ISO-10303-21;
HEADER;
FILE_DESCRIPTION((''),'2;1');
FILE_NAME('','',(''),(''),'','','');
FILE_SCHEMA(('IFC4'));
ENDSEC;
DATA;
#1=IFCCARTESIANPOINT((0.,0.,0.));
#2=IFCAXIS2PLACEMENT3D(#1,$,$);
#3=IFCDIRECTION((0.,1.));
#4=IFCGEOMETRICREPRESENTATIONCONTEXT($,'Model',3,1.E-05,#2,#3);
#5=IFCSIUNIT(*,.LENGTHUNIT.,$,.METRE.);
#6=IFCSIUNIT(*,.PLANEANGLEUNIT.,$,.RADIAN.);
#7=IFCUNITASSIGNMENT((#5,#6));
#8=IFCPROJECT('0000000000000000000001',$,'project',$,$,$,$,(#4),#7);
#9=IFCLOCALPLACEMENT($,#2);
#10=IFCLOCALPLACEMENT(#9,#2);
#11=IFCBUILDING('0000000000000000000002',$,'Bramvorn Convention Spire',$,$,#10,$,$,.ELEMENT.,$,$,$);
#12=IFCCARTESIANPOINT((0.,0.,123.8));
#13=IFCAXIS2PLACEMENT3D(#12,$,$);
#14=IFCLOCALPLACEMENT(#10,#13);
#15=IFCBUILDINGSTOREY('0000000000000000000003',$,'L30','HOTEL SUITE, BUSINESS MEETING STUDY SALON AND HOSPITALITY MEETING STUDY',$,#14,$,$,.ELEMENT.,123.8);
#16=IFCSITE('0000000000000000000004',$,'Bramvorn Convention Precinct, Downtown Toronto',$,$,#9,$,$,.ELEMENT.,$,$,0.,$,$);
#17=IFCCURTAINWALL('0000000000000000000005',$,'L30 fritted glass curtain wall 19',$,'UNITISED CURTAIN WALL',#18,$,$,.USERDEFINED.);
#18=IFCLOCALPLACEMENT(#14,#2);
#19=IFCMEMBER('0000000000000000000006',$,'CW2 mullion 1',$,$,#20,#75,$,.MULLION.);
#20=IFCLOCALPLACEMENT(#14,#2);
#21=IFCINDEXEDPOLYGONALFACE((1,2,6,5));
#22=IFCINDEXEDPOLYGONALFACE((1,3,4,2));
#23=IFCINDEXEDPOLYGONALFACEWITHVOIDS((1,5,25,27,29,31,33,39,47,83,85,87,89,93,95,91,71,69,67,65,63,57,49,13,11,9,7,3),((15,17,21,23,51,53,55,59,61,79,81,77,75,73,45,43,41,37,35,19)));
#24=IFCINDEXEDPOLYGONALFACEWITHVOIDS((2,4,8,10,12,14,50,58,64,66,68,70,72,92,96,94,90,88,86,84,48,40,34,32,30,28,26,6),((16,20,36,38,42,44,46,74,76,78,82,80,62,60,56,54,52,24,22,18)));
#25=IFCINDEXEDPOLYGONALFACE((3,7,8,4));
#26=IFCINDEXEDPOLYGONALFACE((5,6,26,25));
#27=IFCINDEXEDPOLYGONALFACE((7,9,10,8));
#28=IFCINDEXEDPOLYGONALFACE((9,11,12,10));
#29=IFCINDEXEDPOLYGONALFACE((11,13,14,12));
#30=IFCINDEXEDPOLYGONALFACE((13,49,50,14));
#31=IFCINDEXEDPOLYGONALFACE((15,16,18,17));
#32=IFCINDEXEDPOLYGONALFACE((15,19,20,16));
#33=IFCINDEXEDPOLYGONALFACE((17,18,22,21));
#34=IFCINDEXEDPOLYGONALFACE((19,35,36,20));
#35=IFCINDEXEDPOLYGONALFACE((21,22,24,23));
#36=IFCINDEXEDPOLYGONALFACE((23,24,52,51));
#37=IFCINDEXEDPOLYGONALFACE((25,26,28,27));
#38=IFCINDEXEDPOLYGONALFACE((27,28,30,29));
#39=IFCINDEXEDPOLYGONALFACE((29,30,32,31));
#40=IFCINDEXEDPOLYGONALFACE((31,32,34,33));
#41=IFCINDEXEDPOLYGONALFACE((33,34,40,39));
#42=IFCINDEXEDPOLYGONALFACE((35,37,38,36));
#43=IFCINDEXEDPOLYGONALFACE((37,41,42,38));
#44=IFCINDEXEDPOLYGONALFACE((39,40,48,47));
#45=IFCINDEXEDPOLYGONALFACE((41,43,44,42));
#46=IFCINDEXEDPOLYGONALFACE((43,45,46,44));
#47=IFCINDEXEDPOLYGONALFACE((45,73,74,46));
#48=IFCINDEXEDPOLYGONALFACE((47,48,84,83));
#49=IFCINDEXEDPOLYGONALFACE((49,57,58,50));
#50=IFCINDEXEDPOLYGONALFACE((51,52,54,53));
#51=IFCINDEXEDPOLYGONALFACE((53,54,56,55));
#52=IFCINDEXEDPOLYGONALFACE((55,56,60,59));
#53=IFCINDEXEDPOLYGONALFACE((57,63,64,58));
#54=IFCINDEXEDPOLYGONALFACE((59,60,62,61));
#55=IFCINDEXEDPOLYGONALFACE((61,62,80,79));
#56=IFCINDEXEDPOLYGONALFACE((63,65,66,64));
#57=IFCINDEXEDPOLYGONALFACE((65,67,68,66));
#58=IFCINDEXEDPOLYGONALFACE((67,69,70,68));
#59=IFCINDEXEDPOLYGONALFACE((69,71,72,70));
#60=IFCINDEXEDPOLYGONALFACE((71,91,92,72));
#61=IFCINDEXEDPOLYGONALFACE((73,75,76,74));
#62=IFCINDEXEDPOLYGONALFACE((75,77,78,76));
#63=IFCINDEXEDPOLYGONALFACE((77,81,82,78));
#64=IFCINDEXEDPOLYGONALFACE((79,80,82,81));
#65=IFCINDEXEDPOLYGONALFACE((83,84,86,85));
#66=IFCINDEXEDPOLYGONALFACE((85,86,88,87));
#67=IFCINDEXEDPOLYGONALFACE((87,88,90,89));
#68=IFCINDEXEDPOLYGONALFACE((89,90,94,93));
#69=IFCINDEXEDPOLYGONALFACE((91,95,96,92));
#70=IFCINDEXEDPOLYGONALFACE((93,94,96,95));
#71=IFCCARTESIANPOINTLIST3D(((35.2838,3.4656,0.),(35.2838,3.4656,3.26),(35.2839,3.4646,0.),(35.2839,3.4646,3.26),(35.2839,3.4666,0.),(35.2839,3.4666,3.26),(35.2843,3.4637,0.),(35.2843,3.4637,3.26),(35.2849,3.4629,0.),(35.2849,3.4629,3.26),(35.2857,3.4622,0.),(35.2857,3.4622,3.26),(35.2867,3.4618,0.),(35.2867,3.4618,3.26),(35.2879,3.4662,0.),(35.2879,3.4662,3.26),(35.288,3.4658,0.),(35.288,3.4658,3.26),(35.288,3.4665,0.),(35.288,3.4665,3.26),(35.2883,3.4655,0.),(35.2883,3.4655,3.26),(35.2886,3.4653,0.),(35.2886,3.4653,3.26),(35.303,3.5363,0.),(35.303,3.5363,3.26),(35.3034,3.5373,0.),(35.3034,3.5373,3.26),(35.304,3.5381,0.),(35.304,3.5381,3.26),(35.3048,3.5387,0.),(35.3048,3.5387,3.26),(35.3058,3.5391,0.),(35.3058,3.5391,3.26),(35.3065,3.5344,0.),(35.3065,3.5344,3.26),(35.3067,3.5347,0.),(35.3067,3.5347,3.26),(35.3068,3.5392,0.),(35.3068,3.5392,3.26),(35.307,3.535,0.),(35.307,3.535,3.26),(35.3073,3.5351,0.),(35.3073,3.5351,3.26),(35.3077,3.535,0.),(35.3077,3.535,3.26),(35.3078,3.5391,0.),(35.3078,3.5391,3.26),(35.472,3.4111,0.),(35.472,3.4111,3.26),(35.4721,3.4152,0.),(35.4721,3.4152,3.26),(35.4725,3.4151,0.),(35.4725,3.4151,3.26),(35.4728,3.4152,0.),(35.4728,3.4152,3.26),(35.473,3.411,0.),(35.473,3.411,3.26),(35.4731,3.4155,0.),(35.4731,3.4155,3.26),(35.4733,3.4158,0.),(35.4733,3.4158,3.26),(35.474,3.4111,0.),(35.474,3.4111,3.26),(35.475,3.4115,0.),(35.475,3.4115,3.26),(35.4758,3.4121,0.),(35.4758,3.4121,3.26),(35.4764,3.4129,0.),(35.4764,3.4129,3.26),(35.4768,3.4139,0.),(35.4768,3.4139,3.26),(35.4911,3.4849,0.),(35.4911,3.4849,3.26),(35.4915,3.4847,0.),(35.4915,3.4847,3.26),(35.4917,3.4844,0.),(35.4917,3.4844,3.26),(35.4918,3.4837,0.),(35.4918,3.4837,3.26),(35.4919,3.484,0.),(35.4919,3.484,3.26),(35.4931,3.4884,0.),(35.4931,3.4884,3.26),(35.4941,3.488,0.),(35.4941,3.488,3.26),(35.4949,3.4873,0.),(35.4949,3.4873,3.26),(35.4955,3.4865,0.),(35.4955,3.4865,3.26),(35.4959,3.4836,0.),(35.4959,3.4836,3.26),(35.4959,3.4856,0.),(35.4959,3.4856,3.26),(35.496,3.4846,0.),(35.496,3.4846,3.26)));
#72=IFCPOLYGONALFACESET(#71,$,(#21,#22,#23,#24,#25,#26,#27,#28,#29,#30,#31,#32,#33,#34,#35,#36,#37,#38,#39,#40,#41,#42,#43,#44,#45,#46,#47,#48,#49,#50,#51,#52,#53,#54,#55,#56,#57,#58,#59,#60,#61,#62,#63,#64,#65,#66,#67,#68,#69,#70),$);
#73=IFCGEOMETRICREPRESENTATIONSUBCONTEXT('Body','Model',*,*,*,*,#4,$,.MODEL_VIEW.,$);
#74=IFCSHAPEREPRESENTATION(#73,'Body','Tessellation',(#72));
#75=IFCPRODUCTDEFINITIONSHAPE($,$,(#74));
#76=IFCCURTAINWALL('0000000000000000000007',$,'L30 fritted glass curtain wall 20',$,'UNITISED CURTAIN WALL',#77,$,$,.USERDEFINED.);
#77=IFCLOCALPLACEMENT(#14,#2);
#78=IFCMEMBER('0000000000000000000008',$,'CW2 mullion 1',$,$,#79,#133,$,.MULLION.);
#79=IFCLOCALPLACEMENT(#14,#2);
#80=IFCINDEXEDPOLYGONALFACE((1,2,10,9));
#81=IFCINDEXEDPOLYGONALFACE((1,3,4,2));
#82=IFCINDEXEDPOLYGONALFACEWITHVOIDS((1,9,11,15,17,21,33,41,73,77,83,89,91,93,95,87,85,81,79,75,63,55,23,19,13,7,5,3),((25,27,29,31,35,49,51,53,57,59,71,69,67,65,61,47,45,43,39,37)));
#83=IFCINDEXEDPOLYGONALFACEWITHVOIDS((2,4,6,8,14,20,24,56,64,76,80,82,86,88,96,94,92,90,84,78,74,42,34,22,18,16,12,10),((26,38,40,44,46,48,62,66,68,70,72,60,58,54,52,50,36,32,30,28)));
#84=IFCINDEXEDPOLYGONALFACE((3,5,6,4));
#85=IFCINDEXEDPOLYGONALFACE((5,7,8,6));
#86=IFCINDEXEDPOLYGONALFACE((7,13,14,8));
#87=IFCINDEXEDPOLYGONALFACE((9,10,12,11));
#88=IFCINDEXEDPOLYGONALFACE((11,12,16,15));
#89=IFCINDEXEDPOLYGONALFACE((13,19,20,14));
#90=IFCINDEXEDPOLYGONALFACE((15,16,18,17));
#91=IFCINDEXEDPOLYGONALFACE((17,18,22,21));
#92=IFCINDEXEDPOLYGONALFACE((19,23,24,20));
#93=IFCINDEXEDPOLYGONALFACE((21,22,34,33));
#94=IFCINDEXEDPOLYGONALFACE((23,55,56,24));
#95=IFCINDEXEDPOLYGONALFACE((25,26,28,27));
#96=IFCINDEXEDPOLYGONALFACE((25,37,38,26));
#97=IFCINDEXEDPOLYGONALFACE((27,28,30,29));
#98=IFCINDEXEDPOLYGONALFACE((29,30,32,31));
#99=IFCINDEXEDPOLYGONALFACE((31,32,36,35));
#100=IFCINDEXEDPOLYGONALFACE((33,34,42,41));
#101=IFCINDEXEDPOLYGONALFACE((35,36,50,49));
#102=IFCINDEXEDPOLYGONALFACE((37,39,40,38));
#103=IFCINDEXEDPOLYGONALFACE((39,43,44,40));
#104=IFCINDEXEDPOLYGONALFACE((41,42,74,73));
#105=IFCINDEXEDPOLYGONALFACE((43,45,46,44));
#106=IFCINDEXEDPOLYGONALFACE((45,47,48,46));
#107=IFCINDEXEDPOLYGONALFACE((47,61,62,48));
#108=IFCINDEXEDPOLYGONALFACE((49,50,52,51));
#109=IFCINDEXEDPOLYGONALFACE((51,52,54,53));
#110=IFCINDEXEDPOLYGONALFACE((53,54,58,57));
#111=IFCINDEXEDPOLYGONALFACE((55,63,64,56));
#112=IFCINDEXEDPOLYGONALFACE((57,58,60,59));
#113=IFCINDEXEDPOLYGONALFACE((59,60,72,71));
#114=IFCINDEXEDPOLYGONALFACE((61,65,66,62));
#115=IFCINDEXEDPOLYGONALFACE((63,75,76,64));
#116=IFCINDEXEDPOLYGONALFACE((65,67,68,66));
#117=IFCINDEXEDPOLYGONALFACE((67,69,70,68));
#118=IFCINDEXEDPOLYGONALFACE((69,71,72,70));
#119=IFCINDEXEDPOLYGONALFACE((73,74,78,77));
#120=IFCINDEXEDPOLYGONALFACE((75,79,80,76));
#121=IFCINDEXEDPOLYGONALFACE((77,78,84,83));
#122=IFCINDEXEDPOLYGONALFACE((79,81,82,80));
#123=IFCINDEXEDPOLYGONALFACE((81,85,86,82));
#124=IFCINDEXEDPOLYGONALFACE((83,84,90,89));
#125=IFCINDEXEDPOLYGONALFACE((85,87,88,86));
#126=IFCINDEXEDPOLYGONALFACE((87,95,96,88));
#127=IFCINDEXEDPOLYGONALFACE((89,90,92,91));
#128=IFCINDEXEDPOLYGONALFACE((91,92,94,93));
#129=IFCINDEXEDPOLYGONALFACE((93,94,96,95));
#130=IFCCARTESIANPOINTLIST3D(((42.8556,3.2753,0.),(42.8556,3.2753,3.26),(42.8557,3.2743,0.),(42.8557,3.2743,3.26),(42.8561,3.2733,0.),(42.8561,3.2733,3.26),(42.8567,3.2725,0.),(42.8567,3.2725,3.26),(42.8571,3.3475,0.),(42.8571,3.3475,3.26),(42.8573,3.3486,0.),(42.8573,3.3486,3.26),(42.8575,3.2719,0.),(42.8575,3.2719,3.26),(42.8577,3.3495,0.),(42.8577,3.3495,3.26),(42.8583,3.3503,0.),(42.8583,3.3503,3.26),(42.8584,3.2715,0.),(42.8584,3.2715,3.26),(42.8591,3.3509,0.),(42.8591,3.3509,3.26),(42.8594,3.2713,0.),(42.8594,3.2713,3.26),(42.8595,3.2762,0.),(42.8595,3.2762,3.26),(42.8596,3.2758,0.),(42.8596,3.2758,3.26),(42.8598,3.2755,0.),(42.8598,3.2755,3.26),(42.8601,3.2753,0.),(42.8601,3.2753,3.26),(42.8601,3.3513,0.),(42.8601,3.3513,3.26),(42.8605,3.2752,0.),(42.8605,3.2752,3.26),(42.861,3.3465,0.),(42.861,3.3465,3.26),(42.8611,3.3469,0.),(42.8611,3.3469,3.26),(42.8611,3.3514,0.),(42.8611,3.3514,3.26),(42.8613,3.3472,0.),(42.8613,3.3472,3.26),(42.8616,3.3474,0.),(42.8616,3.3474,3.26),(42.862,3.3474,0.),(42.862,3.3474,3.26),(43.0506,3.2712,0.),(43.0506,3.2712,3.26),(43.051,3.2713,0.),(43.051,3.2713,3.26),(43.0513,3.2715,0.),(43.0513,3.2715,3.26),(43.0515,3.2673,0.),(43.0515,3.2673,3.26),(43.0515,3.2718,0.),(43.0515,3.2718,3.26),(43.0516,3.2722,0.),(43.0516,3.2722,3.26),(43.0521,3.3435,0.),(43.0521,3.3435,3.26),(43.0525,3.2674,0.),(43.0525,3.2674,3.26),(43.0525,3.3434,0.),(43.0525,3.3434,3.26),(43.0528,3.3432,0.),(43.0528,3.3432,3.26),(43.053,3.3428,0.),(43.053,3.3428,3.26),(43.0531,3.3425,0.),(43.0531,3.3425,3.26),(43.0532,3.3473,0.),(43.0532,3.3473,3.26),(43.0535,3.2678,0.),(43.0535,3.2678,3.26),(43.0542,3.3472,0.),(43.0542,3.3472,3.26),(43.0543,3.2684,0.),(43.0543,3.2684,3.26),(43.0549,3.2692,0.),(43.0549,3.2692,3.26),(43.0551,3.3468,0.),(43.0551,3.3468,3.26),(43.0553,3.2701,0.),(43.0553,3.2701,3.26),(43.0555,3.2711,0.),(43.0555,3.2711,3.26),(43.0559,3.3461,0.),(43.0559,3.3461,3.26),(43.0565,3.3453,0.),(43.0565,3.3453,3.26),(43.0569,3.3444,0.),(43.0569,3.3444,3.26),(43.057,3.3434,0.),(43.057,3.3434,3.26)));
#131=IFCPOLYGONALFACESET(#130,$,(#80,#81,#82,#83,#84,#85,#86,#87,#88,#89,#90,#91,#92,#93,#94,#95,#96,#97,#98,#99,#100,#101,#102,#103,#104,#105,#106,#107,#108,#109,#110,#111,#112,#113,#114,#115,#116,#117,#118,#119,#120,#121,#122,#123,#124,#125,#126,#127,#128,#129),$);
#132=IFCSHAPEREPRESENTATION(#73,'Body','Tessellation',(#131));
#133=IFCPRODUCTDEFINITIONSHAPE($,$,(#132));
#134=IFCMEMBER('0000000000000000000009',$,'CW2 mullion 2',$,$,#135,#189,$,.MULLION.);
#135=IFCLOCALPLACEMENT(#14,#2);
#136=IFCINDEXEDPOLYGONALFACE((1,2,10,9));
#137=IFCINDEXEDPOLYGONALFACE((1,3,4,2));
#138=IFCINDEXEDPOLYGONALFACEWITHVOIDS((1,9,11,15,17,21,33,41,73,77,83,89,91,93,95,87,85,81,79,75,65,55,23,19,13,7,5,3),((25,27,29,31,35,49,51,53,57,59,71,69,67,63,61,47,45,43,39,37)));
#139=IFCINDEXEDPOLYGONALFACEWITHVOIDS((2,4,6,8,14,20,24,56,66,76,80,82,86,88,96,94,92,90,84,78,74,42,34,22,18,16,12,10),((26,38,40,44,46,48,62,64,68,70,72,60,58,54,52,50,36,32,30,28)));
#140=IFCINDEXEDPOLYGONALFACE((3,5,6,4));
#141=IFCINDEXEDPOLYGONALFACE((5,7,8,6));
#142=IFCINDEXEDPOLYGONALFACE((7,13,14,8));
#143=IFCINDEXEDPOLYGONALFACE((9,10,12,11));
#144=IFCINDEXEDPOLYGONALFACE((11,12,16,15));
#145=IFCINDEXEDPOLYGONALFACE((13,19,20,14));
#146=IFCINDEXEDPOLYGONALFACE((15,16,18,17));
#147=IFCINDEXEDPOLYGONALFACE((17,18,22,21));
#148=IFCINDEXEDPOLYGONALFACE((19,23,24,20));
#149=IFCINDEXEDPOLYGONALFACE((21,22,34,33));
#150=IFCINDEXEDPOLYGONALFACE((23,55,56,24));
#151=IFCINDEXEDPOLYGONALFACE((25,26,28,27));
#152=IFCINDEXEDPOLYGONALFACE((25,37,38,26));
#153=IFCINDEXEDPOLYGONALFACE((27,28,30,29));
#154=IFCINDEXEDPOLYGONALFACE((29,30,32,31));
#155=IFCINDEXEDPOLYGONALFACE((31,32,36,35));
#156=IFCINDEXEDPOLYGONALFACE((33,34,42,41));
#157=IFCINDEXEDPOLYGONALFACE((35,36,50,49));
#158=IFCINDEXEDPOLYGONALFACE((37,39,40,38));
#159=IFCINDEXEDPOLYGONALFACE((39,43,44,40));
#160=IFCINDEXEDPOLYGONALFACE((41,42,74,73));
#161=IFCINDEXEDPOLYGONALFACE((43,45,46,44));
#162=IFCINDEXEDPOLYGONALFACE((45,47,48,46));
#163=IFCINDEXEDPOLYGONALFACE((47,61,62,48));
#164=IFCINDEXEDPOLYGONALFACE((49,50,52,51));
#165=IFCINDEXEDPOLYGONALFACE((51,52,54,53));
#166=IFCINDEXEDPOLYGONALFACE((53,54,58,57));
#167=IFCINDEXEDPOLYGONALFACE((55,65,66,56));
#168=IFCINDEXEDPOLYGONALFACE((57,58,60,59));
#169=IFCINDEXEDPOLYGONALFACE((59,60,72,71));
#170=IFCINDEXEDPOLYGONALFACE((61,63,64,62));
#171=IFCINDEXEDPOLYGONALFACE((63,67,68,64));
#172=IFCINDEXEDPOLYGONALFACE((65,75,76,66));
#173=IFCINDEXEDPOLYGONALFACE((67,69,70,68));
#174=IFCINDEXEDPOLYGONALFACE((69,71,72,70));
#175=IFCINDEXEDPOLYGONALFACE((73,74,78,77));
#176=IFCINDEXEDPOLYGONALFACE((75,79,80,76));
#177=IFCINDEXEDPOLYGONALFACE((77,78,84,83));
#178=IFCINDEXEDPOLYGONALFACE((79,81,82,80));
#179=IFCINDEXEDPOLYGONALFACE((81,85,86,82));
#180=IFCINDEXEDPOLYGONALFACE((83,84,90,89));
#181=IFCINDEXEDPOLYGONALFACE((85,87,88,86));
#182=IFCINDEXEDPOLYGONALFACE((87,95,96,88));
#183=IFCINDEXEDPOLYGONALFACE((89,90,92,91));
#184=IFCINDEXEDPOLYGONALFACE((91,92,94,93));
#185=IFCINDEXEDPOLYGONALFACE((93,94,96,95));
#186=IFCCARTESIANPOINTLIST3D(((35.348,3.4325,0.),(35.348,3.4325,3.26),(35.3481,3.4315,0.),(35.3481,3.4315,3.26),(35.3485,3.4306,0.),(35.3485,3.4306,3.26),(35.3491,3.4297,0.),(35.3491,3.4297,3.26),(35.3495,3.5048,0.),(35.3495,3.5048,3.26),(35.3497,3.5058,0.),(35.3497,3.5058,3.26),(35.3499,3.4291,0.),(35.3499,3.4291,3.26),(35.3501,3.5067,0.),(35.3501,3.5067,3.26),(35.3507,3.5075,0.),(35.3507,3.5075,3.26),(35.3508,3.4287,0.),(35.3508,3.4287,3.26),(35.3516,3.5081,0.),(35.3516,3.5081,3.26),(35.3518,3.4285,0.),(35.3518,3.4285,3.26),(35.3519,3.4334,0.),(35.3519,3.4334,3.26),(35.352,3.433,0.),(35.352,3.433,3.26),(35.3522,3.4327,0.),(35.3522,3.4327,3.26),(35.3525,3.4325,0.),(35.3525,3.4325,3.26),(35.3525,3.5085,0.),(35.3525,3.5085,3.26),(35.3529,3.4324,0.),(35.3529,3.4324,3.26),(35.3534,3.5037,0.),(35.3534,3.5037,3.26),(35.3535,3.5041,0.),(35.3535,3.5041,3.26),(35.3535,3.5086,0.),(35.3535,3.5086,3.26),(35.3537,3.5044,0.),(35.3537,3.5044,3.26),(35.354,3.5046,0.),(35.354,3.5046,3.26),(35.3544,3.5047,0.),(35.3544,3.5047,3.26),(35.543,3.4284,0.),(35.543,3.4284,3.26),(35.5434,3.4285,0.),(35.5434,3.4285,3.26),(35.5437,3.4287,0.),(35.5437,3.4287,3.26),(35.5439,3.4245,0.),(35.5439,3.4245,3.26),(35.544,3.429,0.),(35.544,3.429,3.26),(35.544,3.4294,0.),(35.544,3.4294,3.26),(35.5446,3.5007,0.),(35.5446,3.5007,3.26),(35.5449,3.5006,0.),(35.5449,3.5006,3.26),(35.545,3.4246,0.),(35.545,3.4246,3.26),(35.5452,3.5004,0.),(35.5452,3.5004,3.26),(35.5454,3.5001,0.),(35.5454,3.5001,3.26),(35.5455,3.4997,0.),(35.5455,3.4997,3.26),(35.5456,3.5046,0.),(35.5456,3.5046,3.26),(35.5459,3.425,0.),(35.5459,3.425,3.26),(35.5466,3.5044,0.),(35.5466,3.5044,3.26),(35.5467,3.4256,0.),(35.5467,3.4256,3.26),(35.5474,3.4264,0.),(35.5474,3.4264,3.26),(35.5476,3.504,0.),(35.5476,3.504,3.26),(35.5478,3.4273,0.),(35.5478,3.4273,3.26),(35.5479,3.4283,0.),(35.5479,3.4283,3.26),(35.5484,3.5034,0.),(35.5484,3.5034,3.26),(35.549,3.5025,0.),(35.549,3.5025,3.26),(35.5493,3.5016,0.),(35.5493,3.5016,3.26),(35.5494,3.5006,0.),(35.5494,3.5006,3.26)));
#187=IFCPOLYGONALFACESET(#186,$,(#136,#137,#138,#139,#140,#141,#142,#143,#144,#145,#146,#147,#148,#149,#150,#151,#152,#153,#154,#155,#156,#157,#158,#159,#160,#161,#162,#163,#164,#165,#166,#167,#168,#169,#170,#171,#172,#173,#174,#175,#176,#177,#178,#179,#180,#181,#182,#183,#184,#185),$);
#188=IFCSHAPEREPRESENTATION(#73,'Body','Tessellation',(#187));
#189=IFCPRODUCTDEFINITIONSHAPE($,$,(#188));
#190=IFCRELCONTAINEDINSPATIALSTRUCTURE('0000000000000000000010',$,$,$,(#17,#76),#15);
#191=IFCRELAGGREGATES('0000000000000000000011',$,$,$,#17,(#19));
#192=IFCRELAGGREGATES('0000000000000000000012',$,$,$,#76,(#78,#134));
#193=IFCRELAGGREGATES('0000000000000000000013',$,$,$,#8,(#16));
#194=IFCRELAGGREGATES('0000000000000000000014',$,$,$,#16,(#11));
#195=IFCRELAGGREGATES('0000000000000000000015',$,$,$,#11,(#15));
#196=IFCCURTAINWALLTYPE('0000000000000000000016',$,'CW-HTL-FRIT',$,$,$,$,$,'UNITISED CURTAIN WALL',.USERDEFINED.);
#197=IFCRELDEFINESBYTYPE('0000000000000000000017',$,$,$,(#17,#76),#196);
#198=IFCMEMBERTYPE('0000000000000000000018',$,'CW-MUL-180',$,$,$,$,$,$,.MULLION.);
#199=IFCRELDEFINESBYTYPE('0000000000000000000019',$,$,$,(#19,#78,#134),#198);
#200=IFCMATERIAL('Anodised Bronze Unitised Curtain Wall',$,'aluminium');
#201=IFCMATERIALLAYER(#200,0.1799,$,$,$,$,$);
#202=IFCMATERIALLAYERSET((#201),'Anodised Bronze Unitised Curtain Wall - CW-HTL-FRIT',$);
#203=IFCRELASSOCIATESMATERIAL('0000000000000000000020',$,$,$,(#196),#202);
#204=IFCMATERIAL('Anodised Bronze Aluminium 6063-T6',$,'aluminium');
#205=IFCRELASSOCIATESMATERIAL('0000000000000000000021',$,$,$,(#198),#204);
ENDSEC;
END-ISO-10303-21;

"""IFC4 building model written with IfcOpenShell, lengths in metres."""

from ifc_helpers import new_model, si_unit, direction, frame, origin, origin_2d, place, context, subcontext, project, spatial, hollow_rectangle, extrude, material, layer, layer_set, material_profile, profile_set, type_object, element, aggregate, save


model = new_model("IFC4")

# Units and contexts
model_context = context("Model", 3, precision=1e-05, world=origin(), true_north=direction((0.0, 1.0)))
body_context = subcontext(model_context, "Body", "Model", "MODEL_VIEW")
ifc_project = project(units=[si_unit("LENGTHUNIT", "METRE"), si_unit("PLANEANGLEUNIT", "RADIAN")], contexts=[model_context])

# Site, building, storey
site_placement = place(None, origin())
site = spatial("IfcSite", under=ifc_project, at=site_placement, Name="Bramvorn Convention Precinct, Downtown Toronto", CompositionType="ELEMENT", RefElevation=0.0)
building_placement = place(site_placement, origin())
building = spatial("IfcBuilding", under=site, at=building_placement, Name="Bramvorn Convention Spire", CompositionType="ELEMENT")
storey_placement = place(building_placement, frame((0.0, 0.0, 123.8)))
storey = spatial("IfcBuildingStorey", under=building, at=storey_placement, Name="L30", Description="HOTEL SUITE, BUSINESS MEETING STUDY SALON AND HOSPITALITY MEETING STUDY", CompositionType="ELEMENT", Elevation=123.8)

# Curtain wall, member
ifc_material_1 = material(Name="Anodised Bronze Unitised Curtain Wall", Category="aluminium")
ifc_layer_1 = layer(ifc_material_1, 0.1799)
ifc_layer_set_1 = layer_set([ifc_layer_1], Name="Anodised Bronze Unitised Curtain Wall - CW-HTL-FRIT")
curtain_wall_type = type_object("IfcCurtainWallType", Name="CW-HTL-FRIT", ElementType="UNITISED CURTAIN WALL", PredefinedType="USERDEFINED", material=ifc_layer_set_1)
curtain_wall_1_placement = place(storey_placement, origin())
curtain_wall_1 = element("IfcCurtainWall", 1, at=curtain_wall_1_placement, inside=storey, type_object=curtain_wall_type, Name="L30 fritted glass curtain wall 19", ObjectType="UNITISED CURTAIN WALL", PredefinedType="USERDEFINED")
ifc_material_2 = material(Name="Anodised Bronze Aluminium 6063-T6", Category="aluminium")
ifc_material_profile_1 = material_profile(ifc_material_2, hollow_rectangle(XDim=0.0801, YDim=0.2, WallThickness=0.0039, InnerFilletRadius=0.001, OuterFilletRadius=0.0039, at=origin_2d()))
ifc_profile_set_1 = profile_set([ifc_material_profile_1], Name="Anodised Bronze Aluminium 6063-T6 - CWM80X200")
member_type_1 = type_object("IfcMemberType", Name="CW-MUL-180", PredefinedType="MULLION", material=ifc_profile_set_1)
member_1_placement = place(storey_placement, frame((35.3899, 3.4751, 0.0), z_axis=(0.0, 0.0, 1.0), x_axis=(-0.263907, -0.964548, 0.0)))
member_1 = element("IfcMember", 2, at=member_1_placement, type_object=member_type_1, Name="CW2 mullion 1", PredefinedType="MULLION", context=body_context, shape_type="SweptSolid", body=[
    extrude(hollow_rectangle(XDim=0.0801, YDim=0.2, WallThickness=0.0039, InnerFilletRadius=0.001, OuterFilletRadius=0.0039, at=origin_2d()), origin(), (0.0, 0.0, 1.0), 3.26),
])

# Curtain wall, members
curtain_wall_2_placement = place(storey_placement, origin())
curtain_wall_2 = element("IfcCurtainWall", 3, at=curtain_wall_2_placement, inside=storey, type_object=curtain_wall_type, Name="L30 fritted glass curtain wall 20", ObjectType="UNITISED CURTAIN WALL", PredefinedType="USERDEFINED")
member_2_placement = place(storey_placement, frame((42.9563, 3.3093, 0.0), z_axis=(0.0, 0.0, 1.0), x_axis=(-0.020953, -0.99978, 0.0)))
member_2 = element("IfcMember", 4, at=member_2_placement, type_object=member_type_1, Name="CW2 mullion 1", PredefinedType="MULLION", context=body_context, shape_type="SweptSolid", body=[
    extrude(hollow_rectangle(XDim=0.0801, YDim=0.2, WallThickness=0.0039, InnerFilletRadius=0.001, OuterFilletRadius=0.0039, at=origin_2d()), origin(), (0.0, 0.0, 1.0), 3.26),
])
member_3_placement = place(storey_placement, frame((35.4487, 3.4666, 0.0), z_axis=(0.0, 0.0, 1.0), x_axis=(-0.020953, -0.99978, 0.0)))
member_3 = element("IfcMember", 5, at=member_3_placement, type_object=member_type_1, Name="CW2 mullion 2", PredefinedType="MULLION", context=body_context, shape_type="SweptSolid", body=[
    extrude(hollow_rectangle(XDim=0.0801, YDim=0.2, WallThickness=0.0039, InnerFilletRadius=0.001, OuterFilletRadius=0.0039, at=origin_2d()), origin(), (0.0, 0.0, 1.0), 3.26),
])

aggregate(curtain_wall_1, [member_1])

aggregate(curtain_wall_2, [member_2, member_3])

save(model, "model.ifc")
